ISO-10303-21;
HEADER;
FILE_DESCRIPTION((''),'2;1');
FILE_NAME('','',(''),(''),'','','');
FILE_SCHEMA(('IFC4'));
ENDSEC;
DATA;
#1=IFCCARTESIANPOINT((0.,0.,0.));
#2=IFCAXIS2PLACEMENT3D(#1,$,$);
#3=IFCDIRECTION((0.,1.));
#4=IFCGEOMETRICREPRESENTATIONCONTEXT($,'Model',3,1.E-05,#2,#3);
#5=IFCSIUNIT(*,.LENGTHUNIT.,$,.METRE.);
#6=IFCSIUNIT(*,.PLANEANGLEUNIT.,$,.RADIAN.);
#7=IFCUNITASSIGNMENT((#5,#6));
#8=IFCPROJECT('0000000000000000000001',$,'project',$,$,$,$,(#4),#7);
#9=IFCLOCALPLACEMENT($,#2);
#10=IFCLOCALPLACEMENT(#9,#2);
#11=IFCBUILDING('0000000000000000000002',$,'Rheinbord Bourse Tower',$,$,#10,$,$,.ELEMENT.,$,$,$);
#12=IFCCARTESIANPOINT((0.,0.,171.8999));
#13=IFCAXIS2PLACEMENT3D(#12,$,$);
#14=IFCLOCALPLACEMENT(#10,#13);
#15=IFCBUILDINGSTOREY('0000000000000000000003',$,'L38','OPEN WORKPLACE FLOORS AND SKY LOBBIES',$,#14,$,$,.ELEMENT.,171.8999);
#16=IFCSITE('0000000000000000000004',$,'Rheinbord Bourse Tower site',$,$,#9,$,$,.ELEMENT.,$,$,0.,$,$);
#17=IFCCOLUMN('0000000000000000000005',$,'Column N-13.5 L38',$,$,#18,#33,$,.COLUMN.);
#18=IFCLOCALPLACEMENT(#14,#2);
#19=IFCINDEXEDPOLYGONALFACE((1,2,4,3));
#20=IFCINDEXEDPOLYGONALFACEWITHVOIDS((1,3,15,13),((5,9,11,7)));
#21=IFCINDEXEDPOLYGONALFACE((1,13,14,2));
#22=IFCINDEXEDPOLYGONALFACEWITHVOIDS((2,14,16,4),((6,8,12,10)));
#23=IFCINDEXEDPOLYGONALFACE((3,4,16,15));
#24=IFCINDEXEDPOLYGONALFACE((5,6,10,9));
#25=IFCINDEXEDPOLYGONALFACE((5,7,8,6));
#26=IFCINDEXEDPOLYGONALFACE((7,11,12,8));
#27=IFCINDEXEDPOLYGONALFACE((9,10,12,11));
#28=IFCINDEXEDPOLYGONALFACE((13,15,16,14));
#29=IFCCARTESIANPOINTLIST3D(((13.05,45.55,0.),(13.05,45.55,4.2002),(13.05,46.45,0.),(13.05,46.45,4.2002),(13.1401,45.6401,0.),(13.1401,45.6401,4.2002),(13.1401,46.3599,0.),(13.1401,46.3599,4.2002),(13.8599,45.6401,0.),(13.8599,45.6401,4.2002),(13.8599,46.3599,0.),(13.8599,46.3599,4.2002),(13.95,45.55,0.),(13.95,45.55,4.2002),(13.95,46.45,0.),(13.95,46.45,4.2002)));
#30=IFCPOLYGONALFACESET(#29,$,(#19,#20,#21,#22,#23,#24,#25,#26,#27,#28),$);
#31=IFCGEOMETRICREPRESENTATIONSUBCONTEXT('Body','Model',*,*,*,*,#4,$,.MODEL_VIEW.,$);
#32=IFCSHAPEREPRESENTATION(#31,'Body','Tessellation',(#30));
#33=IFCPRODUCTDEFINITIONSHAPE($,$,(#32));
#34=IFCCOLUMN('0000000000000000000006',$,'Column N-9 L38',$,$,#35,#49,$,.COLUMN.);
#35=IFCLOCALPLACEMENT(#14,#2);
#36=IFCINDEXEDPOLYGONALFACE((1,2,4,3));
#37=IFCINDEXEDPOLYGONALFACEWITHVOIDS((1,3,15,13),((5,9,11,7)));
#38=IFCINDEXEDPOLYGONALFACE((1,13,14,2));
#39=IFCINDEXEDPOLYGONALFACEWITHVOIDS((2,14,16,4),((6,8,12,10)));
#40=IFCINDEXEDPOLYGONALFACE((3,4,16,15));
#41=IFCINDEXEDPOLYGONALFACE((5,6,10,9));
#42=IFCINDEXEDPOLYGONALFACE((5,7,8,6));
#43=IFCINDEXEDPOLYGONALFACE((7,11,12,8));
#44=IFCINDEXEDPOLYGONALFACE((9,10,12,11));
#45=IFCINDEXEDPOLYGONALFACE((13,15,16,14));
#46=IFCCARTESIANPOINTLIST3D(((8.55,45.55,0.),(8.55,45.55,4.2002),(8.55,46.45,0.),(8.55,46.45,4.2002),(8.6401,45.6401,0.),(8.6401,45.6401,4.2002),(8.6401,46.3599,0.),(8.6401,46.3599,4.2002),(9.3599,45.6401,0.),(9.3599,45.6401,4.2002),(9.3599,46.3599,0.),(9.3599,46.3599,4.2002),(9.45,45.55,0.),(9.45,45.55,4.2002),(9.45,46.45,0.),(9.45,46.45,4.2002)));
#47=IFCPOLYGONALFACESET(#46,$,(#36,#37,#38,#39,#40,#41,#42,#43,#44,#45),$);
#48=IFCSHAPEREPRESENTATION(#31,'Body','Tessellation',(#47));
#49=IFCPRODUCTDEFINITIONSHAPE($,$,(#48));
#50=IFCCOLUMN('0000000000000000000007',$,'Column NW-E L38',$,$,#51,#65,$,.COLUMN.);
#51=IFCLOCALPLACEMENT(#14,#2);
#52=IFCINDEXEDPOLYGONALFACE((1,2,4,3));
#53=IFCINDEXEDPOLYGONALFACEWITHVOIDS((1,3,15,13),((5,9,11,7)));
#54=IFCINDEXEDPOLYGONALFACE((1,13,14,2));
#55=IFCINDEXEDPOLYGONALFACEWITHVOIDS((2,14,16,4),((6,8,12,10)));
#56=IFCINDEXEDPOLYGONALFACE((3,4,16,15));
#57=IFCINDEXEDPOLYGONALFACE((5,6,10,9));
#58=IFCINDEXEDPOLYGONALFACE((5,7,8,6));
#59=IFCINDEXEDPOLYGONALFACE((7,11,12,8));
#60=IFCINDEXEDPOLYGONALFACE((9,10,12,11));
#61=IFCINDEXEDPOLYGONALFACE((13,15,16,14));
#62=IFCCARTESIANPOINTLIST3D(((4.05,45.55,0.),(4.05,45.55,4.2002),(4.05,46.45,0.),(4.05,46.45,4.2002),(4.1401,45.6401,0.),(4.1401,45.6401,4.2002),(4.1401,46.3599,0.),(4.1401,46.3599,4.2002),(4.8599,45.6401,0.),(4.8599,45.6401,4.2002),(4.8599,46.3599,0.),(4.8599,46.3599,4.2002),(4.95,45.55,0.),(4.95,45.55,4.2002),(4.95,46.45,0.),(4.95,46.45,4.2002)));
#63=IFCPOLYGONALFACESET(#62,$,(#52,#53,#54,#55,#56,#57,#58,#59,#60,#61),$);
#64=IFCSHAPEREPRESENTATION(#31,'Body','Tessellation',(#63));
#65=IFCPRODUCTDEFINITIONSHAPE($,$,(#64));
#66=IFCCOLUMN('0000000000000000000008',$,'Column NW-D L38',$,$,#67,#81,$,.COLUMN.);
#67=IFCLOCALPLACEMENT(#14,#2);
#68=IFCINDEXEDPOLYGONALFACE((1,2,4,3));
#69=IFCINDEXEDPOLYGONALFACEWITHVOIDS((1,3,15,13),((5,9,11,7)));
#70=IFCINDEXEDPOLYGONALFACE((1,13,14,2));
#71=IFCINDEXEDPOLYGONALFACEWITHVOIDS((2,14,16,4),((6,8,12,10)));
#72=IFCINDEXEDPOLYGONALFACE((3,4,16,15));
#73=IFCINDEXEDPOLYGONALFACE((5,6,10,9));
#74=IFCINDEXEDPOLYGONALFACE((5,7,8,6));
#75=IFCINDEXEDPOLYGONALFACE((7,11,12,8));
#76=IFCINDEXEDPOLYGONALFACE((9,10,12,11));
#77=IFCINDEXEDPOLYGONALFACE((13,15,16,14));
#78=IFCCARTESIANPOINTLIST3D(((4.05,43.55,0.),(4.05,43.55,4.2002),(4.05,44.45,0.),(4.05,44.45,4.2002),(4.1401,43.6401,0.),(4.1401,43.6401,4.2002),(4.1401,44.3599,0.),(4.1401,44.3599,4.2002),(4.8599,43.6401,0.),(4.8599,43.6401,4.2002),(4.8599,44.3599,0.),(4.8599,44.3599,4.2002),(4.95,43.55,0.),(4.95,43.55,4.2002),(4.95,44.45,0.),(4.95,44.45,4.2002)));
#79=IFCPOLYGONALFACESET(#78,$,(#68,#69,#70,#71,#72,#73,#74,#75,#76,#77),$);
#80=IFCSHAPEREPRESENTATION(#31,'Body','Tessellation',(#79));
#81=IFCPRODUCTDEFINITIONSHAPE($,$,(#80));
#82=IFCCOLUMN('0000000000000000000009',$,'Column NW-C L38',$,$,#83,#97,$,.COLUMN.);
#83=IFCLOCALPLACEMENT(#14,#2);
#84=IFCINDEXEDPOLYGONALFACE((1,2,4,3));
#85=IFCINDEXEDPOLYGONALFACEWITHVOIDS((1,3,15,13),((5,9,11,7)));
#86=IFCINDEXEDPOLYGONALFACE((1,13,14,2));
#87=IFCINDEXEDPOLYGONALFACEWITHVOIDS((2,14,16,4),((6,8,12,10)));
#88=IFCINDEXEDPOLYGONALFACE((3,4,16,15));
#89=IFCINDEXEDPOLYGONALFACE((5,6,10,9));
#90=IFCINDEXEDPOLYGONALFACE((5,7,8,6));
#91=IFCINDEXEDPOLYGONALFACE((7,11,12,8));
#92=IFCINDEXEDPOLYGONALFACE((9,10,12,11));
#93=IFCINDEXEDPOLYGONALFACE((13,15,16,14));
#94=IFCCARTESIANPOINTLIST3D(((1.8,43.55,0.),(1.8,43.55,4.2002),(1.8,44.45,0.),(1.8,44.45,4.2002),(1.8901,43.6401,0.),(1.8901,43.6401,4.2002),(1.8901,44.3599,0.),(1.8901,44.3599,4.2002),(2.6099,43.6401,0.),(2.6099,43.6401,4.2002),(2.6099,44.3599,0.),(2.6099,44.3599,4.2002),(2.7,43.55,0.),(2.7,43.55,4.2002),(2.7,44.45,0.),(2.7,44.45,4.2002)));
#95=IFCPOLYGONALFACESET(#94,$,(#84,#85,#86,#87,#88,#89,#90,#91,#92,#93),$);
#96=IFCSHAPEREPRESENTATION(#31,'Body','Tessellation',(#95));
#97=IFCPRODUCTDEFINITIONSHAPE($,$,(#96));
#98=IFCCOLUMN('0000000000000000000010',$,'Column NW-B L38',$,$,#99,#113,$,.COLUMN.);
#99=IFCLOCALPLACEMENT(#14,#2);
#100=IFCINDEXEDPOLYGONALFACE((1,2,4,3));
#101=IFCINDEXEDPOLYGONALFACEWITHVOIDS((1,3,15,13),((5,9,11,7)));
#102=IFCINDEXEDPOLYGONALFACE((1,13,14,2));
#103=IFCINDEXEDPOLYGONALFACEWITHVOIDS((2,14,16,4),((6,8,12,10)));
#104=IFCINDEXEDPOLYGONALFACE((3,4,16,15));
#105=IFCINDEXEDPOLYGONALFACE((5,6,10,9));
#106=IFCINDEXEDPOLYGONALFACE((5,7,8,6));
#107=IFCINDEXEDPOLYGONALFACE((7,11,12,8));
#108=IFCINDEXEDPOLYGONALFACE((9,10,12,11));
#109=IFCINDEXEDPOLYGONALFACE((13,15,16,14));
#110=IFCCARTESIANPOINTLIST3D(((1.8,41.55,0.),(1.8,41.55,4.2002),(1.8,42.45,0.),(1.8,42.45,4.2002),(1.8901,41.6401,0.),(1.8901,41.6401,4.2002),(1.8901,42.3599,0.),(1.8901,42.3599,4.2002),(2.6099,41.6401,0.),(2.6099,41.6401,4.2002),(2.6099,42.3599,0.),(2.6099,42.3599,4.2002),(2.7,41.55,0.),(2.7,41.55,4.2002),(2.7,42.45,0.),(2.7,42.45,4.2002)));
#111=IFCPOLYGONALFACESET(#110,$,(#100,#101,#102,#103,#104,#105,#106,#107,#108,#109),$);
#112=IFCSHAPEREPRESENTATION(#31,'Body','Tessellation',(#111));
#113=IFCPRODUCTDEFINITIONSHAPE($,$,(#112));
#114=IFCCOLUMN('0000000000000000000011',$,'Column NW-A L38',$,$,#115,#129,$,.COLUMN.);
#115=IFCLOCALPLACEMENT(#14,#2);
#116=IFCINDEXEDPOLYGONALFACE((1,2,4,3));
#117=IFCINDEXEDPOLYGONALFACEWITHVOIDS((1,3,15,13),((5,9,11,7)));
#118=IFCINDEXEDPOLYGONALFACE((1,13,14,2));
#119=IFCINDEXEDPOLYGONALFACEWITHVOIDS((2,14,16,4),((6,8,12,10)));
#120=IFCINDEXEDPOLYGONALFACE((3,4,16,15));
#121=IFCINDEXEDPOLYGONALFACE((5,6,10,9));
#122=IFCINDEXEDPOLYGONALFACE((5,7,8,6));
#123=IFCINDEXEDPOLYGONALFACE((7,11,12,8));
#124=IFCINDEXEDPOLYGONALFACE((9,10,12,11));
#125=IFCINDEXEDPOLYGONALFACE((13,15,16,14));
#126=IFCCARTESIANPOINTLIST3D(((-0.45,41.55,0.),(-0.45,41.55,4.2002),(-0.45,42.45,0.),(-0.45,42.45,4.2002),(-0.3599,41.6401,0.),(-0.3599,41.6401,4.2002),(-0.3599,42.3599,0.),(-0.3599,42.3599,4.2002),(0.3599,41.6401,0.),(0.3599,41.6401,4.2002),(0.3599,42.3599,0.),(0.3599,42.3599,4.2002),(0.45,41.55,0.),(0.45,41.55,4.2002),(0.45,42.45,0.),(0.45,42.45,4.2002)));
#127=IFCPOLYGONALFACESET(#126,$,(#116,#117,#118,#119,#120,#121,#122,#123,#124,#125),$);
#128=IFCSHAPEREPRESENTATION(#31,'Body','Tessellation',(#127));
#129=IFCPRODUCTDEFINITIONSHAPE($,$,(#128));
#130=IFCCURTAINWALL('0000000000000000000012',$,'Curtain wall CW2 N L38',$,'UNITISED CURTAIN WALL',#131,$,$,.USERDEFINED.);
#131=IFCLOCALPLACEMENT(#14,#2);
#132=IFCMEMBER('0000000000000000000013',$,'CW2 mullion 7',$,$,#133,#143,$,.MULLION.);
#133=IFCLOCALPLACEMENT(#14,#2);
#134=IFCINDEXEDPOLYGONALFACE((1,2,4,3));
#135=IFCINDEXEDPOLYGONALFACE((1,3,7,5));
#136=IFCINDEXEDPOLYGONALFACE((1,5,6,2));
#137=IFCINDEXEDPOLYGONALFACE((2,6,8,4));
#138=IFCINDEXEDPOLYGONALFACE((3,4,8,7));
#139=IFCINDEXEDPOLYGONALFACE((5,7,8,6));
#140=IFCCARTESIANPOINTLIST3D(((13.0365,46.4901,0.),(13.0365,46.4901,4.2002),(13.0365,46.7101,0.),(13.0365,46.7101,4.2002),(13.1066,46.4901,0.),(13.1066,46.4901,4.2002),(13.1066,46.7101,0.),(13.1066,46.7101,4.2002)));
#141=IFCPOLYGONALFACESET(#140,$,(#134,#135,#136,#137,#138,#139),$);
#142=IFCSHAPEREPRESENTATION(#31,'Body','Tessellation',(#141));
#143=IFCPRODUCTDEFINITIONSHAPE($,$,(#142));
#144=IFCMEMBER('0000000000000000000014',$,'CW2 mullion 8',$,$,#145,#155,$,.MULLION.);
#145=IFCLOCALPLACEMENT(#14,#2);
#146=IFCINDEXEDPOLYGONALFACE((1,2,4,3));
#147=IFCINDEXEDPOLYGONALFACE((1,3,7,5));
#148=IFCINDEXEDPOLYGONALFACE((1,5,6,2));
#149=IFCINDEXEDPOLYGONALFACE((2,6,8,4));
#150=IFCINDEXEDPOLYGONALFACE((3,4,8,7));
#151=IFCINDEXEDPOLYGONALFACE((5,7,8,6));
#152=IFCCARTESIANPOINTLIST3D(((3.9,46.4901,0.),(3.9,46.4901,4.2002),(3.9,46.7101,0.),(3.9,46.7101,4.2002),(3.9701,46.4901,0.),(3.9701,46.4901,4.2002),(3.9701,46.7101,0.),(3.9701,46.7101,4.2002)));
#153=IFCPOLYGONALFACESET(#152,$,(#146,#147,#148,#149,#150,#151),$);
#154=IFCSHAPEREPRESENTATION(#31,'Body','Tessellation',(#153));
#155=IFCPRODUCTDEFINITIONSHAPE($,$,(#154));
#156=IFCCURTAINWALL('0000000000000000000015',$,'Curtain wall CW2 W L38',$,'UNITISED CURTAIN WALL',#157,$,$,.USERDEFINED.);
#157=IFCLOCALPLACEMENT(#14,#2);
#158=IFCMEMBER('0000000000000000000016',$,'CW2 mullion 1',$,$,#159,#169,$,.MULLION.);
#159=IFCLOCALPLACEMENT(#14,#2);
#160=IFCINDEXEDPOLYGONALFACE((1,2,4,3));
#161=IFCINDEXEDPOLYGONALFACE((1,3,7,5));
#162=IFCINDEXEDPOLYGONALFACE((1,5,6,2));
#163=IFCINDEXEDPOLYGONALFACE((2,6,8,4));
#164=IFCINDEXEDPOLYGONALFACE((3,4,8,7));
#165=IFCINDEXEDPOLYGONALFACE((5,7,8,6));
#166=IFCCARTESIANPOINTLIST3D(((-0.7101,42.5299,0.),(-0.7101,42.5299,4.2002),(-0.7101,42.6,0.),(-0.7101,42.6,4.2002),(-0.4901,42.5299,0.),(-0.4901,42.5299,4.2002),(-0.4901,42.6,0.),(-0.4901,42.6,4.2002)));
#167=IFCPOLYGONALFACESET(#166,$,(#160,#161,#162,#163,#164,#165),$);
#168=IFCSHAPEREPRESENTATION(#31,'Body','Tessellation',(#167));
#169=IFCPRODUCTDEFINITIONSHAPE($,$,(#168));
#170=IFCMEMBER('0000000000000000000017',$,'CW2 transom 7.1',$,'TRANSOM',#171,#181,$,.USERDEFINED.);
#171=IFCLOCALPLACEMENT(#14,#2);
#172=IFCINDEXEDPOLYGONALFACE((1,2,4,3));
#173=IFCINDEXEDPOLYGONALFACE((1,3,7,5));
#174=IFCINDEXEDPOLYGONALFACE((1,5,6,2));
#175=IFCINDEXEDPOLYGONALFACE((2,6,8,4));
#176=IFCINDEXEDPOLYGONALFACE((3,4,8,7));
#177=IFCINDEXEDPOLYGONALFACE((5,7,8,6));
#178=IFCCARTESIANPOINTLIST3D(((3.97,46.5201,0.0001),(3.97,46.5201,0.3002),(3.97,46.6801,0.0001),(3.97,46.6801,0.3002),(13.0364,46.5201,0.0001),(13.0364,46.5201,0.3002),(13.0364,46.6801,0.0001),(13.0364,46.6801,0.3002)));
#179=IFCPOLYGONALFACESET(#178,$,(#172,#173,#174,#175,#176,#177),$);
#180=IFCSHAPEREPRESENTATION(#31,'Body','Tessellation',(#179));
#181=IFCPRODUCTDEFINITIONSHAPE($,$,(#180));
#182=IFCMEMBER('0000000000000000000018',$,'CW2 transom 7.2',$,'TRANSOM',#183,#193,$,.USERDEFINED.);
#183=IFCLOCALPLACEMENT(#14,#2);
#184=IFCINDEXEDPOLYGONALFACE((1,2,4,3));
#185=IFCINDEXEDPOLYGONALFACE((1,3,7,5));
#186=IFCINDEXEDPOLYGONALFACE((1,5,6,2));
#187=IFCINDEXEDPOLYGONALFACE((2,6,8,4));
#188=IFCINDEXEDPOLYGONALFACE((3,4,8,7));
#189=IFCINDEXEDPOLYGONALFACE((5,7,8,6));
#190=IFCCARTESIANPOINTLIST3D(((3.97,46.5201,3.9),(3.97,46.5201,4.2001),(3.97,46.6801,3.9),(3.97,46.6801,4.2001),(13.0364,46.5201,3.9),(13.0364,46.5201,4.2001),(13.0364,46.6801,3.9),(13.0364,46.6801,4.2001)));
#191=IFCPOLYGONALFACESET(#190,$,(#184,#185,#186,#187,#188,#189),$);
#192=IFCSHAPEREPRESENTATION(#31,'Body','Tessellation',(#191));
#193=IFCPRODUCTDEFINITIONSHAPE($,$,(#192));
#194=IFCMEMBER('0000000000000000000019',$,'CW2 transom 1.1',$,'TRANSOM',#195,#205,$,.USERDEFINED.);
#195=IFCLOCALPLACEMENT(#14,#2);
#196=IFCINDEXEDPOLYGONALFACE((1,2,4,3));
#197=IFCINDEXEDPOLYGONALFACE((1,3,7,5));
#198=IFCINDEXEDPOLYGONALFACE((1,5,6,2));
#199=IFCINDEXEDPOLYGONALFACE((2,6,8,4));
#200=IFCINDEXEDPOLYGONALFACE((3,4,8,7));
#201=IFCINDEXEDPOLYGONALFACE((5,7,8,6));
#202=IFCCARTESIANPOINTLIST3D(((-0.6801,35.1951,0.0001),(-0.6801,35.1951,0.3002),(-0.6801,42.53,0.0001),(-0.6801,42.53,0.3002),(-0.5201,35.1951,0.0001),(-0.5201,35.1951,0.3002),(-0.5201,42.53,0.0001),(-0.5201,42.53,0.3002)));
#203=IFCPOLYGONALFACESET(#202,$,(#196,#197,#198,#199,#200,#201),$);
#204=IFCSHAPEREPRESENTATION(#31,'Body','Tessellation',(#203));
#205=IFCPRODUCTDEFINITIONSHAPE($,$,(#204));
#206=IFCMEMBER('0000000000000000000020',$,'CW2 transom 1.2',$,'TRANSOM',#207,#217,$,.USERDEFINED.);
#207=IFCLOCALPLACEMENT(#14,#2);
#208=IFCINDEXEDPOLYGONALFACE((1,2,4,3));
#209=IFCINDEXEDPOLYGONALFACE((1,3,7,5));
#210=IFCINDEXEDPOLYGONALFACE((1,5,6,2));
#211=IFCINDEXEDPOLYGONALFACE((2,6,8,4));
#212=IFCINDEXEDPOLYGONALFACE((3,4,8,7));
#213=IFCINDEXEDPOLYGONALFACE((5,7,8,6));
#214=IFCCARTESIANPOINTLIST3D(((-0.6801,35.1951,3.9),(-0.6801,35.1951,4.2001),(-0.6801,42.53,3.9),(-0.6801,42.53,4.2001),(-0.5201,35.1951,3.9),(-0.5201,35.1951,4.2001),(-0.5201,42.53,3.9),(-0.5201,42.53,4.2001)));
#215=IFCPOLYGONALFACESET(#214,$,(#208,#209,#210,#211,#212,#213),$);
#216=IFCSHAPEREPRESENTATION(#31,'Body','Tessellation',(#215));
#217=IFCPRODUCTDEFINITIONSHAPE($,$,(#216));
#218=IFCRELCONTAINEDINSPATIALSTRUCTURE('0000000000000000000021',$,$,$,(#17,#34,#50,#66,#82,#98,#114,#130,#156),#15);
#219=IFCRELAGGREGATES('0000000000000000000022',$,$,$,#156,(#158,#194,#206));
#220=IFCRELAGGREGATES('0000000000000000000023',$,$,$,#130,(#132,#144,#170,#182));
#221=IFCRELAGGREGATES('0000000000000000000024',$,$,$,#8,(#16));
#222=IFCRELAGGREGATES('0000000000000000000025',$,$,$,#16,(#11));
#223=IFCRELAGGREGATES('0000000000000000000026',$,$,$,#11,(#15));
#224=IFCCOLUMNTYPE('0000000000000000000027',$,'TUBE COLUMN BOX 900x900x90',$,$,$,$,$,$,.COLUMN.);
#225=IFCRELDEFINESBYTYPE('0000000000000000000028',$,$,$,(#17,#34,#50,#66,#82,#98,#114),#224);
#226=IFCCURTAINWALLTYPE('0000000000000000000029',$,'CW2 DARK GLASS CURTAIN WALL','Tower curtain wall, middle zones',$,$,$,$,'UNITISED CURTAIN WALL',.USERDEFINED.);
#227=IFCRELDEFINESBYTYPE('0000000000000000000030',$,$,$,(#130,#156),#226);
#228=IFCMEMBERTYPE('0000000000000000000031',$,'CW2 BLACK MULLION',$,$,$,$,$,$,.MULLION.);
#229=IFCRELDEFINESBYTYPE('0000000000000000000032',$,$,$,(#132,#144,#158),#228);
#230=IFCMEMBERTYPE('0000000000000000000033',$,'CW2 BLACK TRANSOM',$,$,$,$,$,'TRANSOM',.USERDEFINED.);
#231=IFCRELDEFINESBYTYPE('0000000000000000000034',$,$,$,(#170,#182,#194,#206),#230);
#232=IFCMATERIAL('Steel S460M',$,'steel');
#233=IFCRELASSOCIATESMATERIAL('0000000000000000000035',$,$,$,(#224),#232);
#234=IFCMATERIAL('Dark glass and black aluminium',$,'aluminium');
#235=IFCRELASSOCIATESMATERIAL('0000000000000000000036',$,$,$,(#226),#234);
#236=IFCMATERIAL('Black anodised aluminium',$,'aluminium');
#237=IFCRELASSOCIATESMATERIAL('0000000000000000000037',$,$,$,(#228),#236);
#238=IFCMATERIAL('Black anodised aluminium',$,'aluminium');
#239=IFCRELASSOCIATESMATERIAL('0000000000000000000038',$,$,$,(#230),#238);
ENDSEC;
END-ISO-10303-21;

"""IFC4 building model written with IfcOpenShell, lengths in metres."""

from ifc_helpers import new_model, si_unit, direction, frame, origin, origin_2d, place, context, subcontext, project, spatial, rectangle, hollow_rectangle, extrude, material, material_profile, profile_set, type_object, element, aggregate, save


model = new_model("IFC4")

# Units and contexts
model_context = context("Model", 3, precision=1e-05, world=origin(), true_north=direction((0.0, 1.0)))
body_context = subcontext(model_context, "Body", "Model", "MODEL_VIEW")
ifc_project = project(units=[si_unit("LENGTHUNIT", "METRE"), si_unit("PLANEANGLEUNIT", "RADIAN")], contexts=[model_context])

# Site, building, storey
site_placement = place(None, origin())
site = spatial("IfcSite", under=ifc_project, at=site_placement, Name="Rheinbord Bourse Tower site", CompositionType="ELEMENT", RefElevation=0.0)
building_placement = place(site_placement, origin())
building = spatial("IfcBuilding", under=site, at=building_placement, Name="Rheinbord Bourse Tower", CompositionType="ELEMENT")
storey_placement = place(building_placement, frame((0.0, 0.0, 171.8999)))
storey = spatial("IfcBuildingStorey", under=building, at=storey_placement, Name="L38", Description="OPEN WORKPLACE FLOORS AND SKY LOBBIES", CompositionType="ELEMENT", Elevation=171.8999)

# Columns
ifc_material_1 = material(Name="Steel S460M", Category="steel")
ifc_material_profile_1 = material_profile(ifc_material_1, hollow_rectangle(XDim=0.8999, YDim=0.8999, WallThickness=0.0901, at=origin_2d()), Name="BOX 900x900x90")
ifc_profile_set_1 = profile_set([ifc_material_profile_1], Name="Steel S460M")
column_type = type_object("IfcColumnType", Name="TUBE COLUMN BOX 900x900x90", PredefinedType="COLUMN", material=ifc_profile_set_1)
for number, where, z_axis, x_axis, name in (
    (1, (13.5, 46.0, 0.0), (0.0, 0.0, 1.0), (0.0, 1.0, 0.0), "Column N-13.5 L38"),
    (2, (9.0, 46.0, 0.0), (0.0, 0.0, 1.0), (0.0, 1.0, 0.0), "Column N-9 L38"),
    (3, (4.5, 46.0, 0.0), (0.0, 0.0, 1.0), (0.0, 1.0, 0.0), "Column NW-E L38"),
    (4, (4.5, 44.0, 0.0), (0.0, 0.0, 1.0), (0.0, 1.0, 0.0), "Column NW-D L38"),
    (5, (2.25, 44.0, 0.0), (0.0, 0.0, 1.0), (1.0, 0.0, 0.0), "Column NW-C L38"),
    (6, (2.25, 42.0, 0.0), (0.0, 0.0, 1.0), (1.0, 0.0, 0.0), "Column NW-B L38"),
    (7, (0.0, 42.0, 0.0), (0.0, 0.0, 1.0), (1.0, 0.0, 0.0), "Column NW-A L38"),
):
    element("IfcColumn", number, at=place(storey_placement, frame(where, z_axis=z_axis, x_axis=x_axis)), inside=storey, type_object=column_type, Name=name, PredefinedType="COLUMN", context=body_context, shape_type="SweptSolid", body=[
        extrude(hollow_rectangle(XDim=0.8999, YDim=0.8999, WallThickness=0.0901, at=origin_2d()), origin(), (0.0, 0.0, 1.0), 4.2002),
    ])

# Curtain wall, members
ifc_material_2 = material(Name="Dark glass and black aluminium", Category="aluminium")
curtain_wall_type = type_object("IfcCurtainWallType", Name="CW2 DARK GLASS CURTAIN WALL", Description="Tower curtain wall, middle zones", ElementType="UNITISED CURTAIN WALL", PredefinedType="USERDEFINED", material=ifc_material_2)
curtain_wall_1_placement = place(storey_placement, origin())
curtain_wall_1 = element("IfcCurtainWall", 8, at=curtain_wall_1_placement, inside=storey, type_object=curtain_wall_type, Name="Curtain wall CW2 N L38", ObjectType="UNITISED CURTAIN WALL", PredefinedType="USERDEFINED")
ifc_material_3 = material(Name="Black anodised aluminium", Category="aluminium")
ifc_material_profile_2 = material_profile(ifc_material_3, rectangle(XDim=0.22, YDim=0.0701, at=origin_2d()), Name="CW2 MULLION 70x220")
ifc_profile_set_2 = profile_set([ifc_material_profile_2], Name="Black anodised aluminium")
member_type_1 = type_object("IfcMemberType", Name="CW2 BLACK MULLION", PredefinedType="MULLION", material=ifc_profile_set_2)
member_1_placement = place(storey_placement, frame((13.0715, 46.6001, 0.0), z_axis=(0.0, 0.0, 1.0), x_axis=(0.0, -1.0, 0.0)))
member_1 = element("IfcMember", 9, at=member_1_placement, type_object=member_type_1, Name="CW2 mullion 7", PredefinedType="MULLION", context=body_context, shape_type="SweptSolid", body=[
    extrude(rectangle(XDim=0.22, YDim=0.0701, at=origin_2d()), origin(), (0.0, 0.0, 1.0), 4.2002),
])
member_2_placement = place(storey_placement, frame((3.9351, 46.6001, 0.0), z_axis=(0.0, 0.0, 1.0), x_axis=(0.0, -1.0, 0.0)))
member_2 = element("IfcMember", 10, at=member_2_placement, type_object=member_type_1, Name="CW2 mullion 8", PredefinedType="MULLION", context=body_context, shape_type="SweptSolid", body=[
    extrude(rectangle(XDim=0.22, YDim=0.0701, at=origin_2d()), origin(), (0.0, 0.0, 1.0), 4.2002),
])

# Curtain wall, member
curtain_wall_2_placement = place(storey_placement, origin())
curtain_wall_2 = element("IfcCurtainWall", 11, at=curtain_wall_2_placement, inside=storey, type_object=curtain_wall_type, Name="Curtain wall CW2 W L38", ObjectType="UNITISED CURTAIN WALL", PredefinedType="USERDEFINED")
member_3_placement = place(storey_placement, frame((-0.6001, 42.5649, 0.0), z_axis=(0.0, 0.0, 1.0), x_axis=(1.0, 0.0, 0.0)))
member_3 = element("IfcMember", 12, at=member_3_placement, type_object=member_type_1, Name="CW2 mullion 1", PredefinedType="MULLION", context=body_context, shape_type="SweptSolid", body=[
    extrude(rectangle(XDim=0.22, YDim=0.0701, at=origin_2d()), origin(), (0.0, 0.0, 1.0), 4.2002),
])

# Members
ifc_material_4 = material(Name="Black anodised aluminium", Category="aluminium")
ifc_material_profile_3 = material_profile(ifc_material_4, rectangle(XDim=0.1599, YDim=0.3, at=origin_2d()), Name="CW2 TRANSOM 300x160")
ifc_profile_set_3 = profile_set([ifc_material_profile_3], Name="Black anodised aluminium")
member_type_2 = type_object("IfcMemberType", Name="CW2 BLACK TRANSOM", ElementType="TRANSOM", PredefinedType="USERDEFINED", material=ifc_profile_set_3)
member_4_placement = place(storey_placement, frame((13.0364, 46.6001, 0.1501), z_axis=(-1.0, 0.0, 0.0), x_axis=(0.0, -1.0, 0.0)))
member_4 = element("IfcMember", 13, at=member_4_placement, type_object=member_type_2, Name="CW2 transom 7.1", ObjectType="TRANSOM", PredefinedType="USERDEFINED", context=body_context, shape_type="SweptSolid", body=[
    extrude(rectangle(XDim=0.1599, YDim=0.3, at=origin_2d()), origin(), (0.0, 0.0, 1.0), 9.0664),
])
member_5_placement = place(storey_placement, frame((13.0364, 46.6001, 4.05), z_axis=(-1.0, 0.0, 0.0), x_axis=(0.0, -1.0, 0.0)))
member_5 = element("IfcMember", 14, at=member_5_placement, type_object=member_type_2, Name="CW2 transom 7.2", ObjectType="TRANSOM", PredefinedType="USERDEFINED", context=body_context, shape_type="SweptSolid", body=[
    extrude(rectangle(XDim=0.1599, YDim=0.3, at=origin_2d()), origin(), (0.0, 0.0, 1.0), 9.0664),
])
member_6_placement = place(storey_placement, frame((-0.6001, 42.53, 0.1501), z_axis=(0.0, -1.0, 0.0), x_axis=(1.0, 0.0, 0.0)))
member_6 = element("IfcMember", 15, at=member_6_placement, type_object=member_type_2, Name="CW2 transom 1.1", ObjectType="TRANSOM", PredefinedType="USERDEFINED", context=body_context, shape_type="SweptSolid", body=[
    extrude(rectangle(XDim=0.1599, YDim=0.3, at=origin_2d()), origin(), (0.0, 0.0, 1.0), 7.335),
])
member_7_placement = place(storey_placement, frame((-0.6001, 42.53, 4.05), z_axis=(0.0, -1.0, 0.0), x_axis=(1.0, 0.0, 0.0)))
member_7 = element("IfcMember", 16, at=member_7_placement, type_object=member_type_2, Name="CW2 transom 1.2", ObjectType="TRANSOM", PredefinedType="USERDEFINED", context=body_context, shape_type="SweptSolid", body=[
    extrude(rectangle(XDim=0.1599, YDim=0.3, at=origin_2d()), origin(), (0.0, 0.0, 1.0), 7.335),
])
aggregate(curtain_wall_2, [member_3, member_6, member_7])

aggregate(curtain_wall_1, [member_1, member_2, member_4, member_5])

save(model, "model.ifc")
